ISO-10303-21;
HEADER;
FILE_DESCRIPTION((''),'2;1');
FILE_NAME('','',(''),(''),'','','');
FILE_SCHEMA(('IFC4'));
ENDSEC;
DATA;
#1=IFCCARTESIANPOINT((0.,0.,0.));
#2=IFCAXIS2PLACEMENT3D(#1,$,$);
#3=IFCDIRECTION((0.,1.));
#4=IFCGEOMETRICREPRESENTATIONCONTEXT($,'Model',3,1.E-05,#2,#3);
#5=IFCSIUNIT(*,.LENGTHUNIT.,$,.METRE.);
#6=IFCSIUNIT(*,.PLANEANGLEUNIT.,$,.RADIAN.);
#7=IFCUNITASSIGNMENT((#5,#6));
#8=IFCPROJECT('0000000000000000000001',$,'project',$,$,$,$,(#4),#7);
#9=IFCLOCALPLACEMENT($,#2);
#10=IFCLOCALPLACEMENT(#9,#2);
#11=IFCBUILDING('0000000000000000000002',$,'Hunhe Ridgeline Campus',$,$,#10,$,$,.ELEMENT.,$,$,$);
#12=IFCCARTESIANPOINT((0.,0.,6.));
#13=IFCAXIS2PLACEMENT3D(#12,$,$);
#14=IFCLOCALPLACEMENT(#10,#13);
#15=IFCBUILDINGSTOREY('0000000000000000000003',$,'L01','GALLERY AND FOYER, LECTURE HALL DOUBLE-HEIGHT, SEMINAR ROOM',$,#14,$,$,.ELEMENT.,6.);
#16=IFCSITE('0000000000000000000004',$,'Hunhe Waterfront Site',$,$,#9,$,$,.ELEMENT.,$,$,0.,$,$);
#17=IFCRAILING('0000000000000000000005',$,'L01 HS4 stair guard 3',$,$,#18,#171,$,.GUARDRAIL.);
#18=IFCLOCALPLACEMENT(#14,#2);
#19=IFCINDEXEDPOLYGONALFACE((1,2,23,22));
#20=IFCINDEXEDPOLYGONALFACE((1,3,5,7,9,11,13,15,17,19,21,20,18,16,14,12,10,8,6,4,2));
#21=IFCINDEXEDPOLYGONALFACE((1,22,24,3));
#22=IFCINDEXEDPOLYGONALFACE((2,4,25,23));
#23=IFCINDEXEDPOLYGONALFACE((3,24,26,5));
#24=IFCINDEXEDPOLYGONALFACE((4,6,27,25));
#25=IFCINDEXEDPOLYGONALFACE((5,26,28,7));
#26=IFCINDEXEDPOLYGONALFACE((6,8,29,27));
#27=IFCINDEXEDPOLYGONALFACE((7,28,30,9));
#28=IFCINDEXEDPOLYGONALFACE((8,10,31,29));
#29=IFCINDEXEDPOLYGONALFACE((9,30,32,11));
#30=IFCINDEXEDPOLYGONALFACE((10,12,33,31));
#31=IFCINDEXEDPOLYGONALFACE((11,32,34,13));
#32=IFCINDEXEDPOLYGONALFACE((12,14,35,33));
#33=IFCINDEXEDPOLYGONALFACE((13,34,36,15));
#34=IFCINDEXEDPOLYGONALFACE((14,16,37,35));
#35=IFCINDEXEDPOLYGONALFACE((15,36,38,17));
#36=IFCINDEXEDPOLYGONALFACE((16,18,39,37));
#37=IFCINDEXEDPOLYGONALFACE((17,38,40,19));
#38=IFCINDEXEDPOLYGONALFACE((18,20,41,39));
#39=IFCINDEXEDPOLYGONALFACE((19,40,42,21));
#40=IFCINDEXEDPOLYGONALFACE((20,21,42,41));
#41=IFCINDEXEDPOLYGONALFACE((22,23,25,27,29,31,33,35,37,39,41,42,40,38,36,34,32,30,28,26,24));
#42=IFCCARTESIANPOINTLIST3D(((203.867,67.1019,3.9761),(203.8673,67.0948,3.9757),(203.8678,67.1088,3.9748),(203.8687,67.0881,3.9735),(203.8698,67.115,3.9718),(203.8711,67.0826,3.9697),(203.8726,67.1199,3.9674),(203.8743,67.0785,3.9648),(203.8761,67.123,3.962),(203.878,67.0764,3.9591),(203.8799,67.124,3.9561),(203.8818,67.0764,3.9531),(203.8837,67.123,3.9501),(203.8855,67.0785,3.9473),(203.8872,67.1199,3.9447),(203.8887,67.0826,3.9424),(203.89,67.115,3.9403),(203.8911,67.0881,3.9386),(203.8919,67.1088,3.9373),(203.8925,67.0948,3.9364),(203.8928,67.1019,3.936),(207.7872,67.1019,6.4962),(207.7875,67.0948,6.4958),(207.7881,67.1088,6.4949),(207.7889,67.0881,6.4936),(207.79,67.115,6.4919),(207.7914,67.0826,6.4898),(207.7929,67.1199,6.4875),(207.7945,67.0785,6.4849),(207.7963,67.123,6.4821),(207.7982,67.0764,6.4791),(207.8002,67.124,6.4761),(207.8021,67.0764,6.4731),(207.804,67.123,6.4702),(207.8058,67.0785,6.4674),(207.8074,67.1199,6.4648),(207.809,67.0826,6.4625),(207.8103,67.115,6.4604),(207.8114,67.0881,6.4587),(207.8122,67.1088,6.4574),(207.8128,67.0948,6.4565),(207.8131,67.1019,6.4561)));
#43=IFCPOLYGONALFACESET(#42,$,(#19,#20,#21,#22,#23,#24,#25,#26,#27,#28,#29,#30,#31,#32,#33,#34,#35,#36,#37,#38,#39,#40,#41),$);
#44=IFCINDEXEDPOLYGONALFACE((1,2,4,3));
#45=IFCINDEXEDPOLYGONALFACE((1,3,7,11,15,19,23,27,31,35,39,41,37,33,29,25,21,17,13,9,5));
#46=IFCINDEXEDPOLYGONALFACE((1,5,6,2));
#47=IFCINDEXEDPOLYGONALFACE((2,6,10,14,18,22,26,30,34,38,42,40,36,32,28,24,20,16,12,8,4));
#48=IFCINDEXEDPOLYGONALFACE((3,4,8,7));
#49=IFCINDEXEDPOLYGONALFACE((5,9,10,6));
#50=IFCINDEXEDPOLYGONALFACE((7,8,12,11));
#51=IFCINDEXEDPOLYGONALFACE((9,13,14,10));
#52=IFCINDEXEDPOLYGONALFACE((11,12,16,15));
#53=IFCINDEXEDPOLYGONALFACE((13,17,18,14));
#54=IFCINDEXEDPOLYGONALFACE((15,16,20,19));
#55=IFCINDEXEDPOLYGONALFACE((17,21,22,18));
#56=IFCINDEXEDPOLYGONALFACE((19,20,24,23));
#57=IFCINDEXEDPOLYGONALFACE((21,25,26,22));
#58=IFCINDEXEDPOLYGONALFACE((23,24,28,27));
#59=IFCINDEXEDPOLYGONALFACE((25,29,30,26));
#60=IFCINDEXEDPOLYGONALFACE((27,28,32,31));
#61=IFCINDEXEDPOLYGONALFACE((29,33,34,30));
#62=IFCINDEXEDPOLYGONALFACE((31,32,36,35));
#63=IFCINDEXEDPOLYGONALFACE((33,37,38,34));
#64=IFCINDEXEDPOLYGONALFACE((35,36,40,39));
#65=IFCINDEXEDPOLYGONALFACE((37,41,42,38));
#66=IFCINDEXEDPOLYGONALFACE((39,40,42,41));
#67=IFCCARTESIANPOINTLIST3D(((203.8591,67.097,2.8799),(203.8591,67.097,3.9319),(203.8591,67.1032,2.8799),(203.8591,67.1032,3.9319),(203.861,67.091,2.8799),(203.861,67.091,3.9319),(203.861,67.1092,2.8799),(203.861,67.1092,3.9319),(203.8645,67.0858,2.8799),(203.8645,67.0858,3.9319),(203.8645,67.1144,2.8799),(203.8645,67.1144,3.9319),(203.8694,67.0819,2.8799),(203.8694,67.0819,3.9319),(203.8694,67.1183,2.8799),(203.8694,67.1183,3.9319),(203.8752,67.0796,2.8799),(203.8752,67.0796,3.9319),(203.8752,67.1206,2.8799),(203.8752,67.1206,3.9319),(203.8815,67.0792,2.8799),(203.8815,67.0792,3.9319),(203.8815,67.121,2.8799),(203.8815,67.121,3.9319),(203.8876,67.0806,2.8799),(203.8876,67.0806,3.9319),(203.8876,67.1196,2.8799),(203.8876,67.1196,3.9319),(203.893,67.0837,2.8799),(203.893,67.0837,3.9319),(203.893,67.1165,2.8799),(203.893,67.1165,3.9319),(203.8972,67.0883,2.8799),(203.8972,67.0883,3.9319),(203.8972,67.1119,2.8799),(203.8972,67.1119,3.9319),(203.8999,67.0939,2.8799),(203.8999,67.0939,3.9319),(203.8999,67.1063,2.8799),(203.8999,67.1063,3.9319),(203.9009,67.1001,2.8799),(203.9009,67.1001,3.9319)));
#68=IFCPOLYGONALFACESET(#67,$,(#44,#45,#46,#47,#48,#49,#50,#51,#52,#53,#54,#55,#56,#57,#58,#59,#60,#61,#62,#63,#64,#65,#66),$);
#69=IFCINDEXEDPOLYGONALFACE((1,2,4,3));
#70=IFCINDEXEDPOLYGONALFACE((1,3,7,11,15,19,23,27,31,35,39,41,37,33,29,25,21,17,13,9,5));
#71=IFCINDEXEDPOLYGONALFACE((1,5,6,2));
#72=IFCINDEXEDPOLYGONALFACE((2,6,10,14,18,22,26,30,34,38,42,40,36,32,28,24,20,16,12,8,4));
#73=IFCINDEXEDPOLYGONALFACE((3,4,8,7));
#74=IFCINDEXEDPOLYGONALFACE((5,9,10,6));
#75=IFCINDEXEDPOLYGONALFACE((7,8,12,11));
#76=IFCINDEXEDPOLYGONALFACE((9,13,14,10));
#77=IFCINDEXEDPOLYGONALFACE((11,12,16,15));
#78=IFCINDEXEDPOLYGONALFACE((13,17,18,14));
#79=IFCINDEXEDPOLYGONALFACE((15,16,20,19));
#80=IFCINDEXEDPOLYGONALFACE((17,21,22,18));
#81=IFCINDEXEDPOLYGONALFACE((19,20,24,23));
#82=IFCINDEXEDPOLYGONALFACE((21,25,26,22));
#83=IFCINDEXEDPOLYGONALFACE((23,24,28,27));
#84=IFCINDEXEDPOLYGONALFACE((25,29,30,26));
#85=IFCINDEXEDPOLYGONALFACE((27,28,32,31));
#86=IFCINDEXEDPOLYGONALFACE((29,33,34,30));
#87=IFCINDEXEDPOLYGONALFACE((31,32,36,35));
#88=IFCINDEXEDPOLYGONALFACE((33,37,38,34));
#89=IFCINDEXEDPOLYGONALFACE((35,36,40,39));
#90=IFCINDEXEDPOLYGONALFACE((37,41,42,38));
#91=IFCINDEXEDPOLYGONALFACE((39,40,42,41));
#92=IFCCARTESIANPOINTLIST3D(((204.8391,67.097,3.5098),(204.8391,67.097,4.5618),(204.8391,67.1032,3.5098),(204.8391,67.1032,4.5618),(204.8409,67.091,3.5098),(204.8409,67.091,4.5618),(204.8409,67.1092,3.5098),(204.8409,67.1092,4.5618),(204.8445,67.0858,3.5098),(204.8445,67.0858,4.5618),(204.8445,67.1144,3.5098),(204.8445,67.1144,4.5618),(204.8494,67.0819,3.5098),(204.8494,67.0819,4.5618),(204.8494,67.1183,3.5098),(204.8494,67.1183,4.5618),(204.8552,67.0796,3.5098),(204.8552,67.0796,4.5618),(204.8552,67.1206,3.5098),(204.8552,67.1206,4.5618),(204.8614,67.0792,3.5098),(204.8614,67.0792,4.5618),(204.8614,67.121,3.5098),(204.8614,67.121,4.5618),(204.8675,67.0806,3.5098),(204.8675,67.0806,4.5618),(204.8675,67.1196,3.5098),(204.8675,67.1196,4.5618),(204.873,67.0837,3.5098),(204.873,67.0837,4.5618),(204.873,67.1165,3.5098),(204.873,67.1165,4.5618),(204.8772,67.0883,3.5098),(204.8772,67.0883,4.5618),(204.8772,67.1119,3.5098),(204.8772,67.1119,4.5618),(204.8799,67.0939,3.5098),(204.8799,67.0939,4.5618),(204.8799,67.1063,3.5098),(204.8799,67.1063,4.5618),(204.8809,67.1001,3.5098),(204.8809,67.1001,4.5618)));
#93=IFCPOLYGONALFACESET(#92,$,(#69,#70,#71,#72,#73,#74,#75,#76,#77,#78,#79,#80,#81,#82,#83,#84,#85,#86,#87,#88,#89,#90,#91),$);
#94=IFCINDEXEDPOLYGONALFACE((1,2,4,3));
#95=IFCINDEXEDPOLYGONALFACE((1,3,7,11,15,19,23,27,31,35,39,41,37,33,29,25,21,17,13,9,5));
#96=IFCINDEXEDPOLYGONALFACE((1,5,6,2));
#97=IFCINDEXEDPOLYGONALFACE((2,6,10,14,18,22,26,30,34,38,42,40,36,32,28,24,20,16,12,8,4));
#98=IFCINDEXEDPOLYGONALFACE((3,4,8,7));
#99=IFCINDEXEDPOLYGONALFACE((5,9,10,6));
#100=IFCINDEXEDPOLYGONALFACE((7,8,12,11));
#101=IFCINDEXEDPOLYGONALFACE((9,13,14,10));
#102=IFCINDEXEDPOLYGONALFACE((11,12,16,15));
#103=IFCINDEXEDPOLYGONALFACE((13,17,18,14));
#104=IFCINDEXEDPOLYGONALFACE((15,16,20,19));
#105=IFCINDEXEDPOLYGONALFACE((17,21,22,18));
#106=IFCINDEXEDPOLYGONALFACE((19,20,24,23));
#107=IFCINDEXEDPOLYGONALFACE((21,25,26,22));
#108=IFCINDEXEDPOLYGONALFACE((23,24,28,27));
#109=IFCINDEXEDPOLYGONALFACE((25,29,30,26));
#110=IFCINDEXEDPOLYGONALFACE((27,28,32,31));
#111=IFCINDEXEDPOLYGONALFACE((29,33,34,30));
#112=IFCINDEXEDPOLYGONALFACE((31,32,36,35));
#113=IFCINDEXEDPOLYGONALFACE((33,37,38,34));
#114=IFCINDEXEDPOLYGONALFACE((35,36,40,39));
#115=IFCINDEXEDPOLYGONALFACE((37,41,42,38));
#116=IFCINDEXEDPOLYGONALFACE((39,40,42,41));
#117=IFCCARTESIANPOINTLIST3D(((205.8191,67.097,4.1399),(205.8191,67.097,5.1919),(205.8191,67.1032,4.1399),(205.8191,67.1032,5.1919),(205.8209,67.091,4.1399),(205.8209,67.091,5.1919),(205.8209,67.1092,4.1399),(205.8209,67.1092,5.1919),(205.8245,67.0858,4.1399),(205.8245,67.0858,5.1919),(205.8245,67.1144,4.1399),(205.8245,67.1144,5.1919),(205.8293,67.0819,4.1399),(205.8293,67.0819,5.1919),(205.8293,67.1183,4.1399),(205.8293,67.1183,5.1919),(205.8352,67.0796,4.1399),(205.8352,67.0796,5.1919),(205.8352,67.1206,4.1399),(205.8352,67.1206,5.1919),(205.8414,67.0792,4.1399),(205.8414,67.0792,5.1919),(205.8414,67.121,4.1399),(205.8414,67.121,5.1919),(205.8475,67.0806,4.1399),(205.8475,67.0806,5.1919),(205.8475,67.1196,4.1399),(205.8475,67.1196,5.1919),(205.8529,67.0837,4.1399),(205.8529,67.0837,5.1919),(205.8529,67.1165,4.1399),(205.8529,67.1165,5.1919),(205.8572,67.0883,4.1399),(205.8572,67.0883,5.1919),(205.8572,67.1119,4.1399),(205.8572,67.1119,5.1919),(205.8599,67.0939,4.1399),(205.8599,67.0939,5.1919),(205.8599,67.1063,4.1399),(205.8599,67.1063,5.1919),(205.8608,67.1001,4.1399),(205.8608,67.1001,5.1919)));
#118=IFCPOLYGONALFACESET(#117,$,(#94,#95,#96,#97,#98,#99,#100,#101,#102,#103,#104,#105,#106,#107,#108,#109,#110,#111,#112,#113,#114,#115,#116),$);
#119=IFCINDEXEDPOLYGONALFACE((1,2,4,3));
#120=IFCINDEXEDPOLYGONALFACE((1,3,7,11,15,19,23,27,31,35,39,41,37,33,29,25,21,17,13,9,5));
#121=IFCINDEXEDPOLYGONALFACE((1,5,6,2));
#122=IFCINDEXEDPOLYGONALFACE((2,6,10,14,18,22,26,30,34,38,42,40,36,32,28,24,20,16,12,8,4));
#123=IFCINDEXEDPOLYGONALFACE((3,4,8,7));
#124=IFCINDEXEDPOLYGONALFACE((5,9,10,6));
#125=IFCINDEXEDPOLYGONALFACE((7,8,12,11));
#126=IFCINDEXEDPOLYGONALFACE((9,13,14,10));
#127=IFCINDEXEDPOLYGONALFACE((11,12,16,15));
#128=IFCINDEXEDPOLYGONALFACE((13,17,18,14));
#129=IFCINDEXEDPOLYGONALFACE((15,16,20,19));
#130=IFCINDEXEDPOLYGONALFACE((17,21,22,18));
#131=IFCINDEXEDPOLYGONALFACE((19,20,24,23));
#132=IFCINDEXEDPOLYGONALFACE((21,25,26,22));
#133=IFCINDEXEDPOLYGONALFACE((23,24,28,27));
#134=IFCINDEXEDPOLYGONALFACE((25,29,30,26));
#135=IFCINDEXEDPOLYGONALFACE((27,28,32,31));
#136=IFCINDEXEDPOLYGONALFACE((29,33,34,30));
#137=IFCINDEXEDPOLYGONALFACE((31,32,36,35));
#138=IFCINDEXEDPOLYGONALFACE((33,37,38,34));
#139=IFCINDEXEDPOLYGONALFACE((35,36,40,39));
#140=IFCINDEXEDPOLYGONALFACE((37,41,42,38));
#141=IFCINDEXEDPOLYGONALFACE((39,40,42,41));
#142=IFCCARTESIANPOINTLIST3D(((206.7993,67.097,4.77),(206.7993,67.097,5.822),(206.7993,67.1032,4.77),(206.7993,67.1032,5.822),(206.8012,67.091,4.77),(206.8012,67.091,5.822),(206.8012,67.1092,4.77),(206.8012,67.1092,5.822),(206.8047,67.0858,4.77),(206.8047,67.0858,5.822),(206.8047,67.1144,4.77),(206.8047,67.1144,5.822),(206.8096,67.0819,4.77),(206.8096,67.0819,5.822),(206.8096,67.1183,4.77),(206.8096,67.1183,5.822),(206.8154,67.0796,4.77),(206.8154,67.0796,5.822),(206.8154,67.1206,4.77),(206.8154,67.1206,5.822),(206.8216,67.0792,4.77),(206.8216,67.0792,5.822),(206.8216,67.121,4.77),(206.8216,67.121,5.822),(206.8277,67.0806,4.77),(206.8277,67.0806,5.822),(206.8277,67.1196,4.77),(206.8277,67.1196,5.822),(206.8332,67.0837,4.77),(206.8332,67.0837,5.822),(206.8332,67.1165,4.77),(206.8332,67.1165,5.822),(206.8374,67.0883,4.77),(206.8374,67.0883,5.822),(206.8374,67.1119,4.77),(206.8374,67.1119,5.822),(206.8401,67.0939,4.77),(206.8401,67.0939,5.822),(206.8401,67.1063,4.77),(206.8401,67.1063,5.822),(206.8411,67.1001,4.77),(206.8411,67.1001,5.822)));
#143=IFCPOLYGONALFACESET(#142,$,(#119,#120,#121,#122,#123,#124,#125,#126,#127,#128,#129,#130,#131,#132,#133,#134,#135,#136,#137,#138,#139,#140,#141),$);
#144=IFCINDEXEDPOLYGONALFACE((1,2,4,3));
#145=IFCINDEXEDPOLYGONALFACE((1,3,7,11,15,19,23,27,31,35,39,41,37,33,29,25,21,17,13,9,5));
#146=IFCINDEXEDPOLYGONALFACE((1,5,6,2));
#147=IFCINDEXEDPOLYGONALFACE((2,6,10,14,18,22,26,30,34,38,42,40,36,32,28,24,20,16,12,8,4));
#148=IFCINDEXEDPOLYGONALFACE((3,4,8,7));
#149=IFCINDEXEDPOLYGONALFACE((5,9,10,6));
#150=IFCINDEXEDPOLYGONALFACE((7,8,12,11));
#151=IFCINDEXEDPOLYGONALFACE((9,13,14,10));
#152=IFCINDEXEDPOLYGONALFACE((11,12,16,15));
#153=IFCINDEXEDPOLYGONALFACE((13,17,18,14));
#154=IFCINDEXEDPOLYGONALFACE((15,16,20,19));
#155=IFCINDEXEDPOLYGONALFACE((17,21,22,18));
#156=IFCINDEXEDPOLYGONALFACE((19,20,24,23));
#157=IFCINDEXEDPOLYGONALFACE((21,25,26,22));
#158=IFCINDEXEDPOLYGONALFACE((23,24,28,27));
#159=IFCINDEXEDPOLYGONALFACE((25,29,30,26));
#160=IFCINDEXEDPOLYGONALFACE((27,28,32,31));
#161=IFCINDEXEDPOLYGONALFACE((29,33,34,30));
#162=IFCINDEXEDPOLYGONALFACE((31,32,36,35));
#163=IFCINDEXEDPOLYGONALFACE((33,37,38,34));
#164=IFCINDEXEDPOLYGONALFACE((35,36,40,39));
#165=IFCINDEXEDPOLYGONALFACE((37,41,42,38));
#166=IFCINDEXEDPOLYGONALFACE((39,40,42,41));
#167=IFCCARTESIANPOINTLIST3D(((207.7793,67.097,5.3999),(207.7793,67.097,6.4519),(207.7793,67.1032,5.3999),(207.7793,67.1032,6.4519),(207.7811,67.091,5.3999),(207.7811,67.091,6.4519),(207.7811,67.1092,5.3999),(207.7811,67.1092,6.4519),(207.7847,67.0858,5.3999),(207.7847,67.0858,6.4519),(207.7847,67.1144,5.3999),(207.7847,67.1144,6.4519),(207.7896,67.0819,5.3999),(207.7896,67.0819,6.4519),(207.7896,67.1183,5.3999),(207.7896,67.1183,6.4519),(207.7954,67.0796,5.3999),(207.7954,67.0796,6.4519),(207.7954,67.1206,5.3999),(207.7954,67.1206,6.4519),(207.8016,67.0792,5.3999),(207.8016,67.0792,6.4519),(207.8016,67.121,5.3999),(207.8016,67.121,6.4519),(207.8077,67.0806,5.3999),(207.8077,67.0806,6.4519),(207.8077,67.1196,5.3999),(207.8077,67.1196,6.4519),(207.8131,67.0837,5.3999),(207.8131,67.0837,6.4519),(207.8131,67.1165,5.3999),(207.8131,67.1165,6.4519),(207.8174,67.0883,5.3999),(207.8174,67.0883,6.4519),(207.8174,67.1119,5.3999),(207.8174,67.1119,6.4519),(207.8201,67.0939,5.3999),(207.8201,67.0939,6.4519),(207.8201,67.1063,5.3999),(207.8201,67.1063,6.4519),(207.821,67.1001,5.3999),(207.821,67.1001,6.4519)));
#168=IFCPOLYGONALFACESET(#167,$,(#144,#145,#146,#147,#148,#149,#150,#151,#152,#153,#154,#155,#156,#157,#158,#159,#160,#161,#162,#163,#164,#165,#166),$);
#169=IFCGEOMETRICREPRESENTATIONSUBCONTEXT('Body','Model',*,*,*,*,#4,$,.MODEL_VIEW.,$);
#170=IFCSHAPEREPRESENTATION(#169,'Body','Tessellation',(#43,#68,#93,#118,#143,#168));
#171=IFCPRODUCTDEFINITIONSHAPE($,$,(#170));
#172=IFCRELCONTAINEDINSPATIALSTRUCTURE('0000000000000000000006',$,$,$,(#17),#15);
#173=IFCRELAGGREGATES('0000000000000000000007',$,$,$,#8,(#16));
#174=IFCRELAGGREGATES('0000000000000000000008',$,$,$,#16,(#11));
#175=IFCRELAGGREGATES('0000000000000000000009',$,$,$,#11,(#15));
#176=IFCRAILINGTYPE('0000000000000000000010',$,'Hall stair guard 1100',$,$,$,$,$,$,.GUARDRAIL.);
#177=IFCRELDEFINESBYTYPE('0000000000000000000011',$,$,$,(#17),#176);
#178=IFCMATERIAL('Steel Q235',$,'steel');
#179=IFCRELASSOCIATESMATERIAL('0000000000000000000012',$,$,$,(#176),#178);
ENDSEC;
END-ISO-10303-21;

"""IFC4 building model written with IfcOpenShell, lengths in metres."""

from ifc_helpers import new_model, si_unit, direction, frame, origin, origin_2d, place, context, subcontext, project, spatial, circle, extrude, material, type_object, element, save


model = new_model("IFC4")

# Units and contexts
model_context = context("Model", 3, precision=1e-05, world=origin(), true_north=direction((0.0, 1.0)))
body_context = subcontext(model_context, "Body", "Model", "MODEL_VIEW")
ifc_project = project(units=[si_unit("LENGTHUNIT", "METRE"), si_unit("PLANEANGLEUNIT", "RADIAN")], contexts=[model_context])

# Site, building, storey
site_placement = place(None, origin())
site = spatial("IfcSite", under=ifc_project, at=site_placement, Name="Hunhe Waterfront Site", CompositionType="ELEMENT", RefElevation=0.0)
building_placement = place(site_placement, origin())
building = spatial("IfcBuilding", under=site, at=building_placement, Name="Hunhe Ridgeline Campus", CompositionType="ELEMENT")
storey_placement = place(building_placement, frame((0.0, 0.0, 6.0)))
storey = spatial("IfcBuildingStorey", under=building, at=storey_placement, Name="L01", Description="GALLERY AND FOYER, LECTURE HALL DOUBLE-HEIGHT, SEMINAR ROOM", CompositionType="ELEMENT", Elevation=6.0)

# Shared definitions
ifc_material_1 = material(Name="Steel Q235", Category="steel")

# Railing
railing_type_1 = type_object("IfcRailingType", Name="Hall stair guard 1100", PredefinedType="GUARDRAIL", material=ifc_material_1)
railing_1_placement = place(storey_placement, frame((203.8799, 67.1001, 2.8799)))
element("IfcRailing", 1, at=railing_1_placement, inside=storey, type_object=railing_type_1, Name="L01 HS4 stair guard 3", PredefinedType="GUARDRAIL", context=body_context, shape_type="SweptSolid", body=[
    extrude(circle(Radius=0.0239, at=origin_2d()), frame((0.0, 0.0, 1.0762), z_axis=(0.841187, 0.0, 0.540744), x_axis=(0.0, 1.0, 0.0)), (0.0, 0.0, 1.0), 4.6604),
    extrude(circle(Radius=0.021, at=origin_2d()), origin(), (0.0, 0.0, 1.0), 1.052),
    extrude(circle(Radius=0.021, at=origin_2d()), frame((0.98, 0.0, 0.6299)), (0.0, 0.0, 1.0), 1.052),
    extrude(circle(Radius=0.021, at=origin_2d()), frame((1.96, 0.0, 1.26)), (0.0, 0.0, 1.0), 1.052),
    extrude(circle(Radius=0.021, at=origin_2d()), frame((2.9402, 0.0, 1.8901)), (0.0, 0.0, 1.0), 1.052),
    extrude(circle(Radius=0.021, at=origin_2d()), frame((3.9202, 0.0, 2.52)), (0.0, 0.0, 1.0), 1.052),
])

save(model, "model.ifc")
